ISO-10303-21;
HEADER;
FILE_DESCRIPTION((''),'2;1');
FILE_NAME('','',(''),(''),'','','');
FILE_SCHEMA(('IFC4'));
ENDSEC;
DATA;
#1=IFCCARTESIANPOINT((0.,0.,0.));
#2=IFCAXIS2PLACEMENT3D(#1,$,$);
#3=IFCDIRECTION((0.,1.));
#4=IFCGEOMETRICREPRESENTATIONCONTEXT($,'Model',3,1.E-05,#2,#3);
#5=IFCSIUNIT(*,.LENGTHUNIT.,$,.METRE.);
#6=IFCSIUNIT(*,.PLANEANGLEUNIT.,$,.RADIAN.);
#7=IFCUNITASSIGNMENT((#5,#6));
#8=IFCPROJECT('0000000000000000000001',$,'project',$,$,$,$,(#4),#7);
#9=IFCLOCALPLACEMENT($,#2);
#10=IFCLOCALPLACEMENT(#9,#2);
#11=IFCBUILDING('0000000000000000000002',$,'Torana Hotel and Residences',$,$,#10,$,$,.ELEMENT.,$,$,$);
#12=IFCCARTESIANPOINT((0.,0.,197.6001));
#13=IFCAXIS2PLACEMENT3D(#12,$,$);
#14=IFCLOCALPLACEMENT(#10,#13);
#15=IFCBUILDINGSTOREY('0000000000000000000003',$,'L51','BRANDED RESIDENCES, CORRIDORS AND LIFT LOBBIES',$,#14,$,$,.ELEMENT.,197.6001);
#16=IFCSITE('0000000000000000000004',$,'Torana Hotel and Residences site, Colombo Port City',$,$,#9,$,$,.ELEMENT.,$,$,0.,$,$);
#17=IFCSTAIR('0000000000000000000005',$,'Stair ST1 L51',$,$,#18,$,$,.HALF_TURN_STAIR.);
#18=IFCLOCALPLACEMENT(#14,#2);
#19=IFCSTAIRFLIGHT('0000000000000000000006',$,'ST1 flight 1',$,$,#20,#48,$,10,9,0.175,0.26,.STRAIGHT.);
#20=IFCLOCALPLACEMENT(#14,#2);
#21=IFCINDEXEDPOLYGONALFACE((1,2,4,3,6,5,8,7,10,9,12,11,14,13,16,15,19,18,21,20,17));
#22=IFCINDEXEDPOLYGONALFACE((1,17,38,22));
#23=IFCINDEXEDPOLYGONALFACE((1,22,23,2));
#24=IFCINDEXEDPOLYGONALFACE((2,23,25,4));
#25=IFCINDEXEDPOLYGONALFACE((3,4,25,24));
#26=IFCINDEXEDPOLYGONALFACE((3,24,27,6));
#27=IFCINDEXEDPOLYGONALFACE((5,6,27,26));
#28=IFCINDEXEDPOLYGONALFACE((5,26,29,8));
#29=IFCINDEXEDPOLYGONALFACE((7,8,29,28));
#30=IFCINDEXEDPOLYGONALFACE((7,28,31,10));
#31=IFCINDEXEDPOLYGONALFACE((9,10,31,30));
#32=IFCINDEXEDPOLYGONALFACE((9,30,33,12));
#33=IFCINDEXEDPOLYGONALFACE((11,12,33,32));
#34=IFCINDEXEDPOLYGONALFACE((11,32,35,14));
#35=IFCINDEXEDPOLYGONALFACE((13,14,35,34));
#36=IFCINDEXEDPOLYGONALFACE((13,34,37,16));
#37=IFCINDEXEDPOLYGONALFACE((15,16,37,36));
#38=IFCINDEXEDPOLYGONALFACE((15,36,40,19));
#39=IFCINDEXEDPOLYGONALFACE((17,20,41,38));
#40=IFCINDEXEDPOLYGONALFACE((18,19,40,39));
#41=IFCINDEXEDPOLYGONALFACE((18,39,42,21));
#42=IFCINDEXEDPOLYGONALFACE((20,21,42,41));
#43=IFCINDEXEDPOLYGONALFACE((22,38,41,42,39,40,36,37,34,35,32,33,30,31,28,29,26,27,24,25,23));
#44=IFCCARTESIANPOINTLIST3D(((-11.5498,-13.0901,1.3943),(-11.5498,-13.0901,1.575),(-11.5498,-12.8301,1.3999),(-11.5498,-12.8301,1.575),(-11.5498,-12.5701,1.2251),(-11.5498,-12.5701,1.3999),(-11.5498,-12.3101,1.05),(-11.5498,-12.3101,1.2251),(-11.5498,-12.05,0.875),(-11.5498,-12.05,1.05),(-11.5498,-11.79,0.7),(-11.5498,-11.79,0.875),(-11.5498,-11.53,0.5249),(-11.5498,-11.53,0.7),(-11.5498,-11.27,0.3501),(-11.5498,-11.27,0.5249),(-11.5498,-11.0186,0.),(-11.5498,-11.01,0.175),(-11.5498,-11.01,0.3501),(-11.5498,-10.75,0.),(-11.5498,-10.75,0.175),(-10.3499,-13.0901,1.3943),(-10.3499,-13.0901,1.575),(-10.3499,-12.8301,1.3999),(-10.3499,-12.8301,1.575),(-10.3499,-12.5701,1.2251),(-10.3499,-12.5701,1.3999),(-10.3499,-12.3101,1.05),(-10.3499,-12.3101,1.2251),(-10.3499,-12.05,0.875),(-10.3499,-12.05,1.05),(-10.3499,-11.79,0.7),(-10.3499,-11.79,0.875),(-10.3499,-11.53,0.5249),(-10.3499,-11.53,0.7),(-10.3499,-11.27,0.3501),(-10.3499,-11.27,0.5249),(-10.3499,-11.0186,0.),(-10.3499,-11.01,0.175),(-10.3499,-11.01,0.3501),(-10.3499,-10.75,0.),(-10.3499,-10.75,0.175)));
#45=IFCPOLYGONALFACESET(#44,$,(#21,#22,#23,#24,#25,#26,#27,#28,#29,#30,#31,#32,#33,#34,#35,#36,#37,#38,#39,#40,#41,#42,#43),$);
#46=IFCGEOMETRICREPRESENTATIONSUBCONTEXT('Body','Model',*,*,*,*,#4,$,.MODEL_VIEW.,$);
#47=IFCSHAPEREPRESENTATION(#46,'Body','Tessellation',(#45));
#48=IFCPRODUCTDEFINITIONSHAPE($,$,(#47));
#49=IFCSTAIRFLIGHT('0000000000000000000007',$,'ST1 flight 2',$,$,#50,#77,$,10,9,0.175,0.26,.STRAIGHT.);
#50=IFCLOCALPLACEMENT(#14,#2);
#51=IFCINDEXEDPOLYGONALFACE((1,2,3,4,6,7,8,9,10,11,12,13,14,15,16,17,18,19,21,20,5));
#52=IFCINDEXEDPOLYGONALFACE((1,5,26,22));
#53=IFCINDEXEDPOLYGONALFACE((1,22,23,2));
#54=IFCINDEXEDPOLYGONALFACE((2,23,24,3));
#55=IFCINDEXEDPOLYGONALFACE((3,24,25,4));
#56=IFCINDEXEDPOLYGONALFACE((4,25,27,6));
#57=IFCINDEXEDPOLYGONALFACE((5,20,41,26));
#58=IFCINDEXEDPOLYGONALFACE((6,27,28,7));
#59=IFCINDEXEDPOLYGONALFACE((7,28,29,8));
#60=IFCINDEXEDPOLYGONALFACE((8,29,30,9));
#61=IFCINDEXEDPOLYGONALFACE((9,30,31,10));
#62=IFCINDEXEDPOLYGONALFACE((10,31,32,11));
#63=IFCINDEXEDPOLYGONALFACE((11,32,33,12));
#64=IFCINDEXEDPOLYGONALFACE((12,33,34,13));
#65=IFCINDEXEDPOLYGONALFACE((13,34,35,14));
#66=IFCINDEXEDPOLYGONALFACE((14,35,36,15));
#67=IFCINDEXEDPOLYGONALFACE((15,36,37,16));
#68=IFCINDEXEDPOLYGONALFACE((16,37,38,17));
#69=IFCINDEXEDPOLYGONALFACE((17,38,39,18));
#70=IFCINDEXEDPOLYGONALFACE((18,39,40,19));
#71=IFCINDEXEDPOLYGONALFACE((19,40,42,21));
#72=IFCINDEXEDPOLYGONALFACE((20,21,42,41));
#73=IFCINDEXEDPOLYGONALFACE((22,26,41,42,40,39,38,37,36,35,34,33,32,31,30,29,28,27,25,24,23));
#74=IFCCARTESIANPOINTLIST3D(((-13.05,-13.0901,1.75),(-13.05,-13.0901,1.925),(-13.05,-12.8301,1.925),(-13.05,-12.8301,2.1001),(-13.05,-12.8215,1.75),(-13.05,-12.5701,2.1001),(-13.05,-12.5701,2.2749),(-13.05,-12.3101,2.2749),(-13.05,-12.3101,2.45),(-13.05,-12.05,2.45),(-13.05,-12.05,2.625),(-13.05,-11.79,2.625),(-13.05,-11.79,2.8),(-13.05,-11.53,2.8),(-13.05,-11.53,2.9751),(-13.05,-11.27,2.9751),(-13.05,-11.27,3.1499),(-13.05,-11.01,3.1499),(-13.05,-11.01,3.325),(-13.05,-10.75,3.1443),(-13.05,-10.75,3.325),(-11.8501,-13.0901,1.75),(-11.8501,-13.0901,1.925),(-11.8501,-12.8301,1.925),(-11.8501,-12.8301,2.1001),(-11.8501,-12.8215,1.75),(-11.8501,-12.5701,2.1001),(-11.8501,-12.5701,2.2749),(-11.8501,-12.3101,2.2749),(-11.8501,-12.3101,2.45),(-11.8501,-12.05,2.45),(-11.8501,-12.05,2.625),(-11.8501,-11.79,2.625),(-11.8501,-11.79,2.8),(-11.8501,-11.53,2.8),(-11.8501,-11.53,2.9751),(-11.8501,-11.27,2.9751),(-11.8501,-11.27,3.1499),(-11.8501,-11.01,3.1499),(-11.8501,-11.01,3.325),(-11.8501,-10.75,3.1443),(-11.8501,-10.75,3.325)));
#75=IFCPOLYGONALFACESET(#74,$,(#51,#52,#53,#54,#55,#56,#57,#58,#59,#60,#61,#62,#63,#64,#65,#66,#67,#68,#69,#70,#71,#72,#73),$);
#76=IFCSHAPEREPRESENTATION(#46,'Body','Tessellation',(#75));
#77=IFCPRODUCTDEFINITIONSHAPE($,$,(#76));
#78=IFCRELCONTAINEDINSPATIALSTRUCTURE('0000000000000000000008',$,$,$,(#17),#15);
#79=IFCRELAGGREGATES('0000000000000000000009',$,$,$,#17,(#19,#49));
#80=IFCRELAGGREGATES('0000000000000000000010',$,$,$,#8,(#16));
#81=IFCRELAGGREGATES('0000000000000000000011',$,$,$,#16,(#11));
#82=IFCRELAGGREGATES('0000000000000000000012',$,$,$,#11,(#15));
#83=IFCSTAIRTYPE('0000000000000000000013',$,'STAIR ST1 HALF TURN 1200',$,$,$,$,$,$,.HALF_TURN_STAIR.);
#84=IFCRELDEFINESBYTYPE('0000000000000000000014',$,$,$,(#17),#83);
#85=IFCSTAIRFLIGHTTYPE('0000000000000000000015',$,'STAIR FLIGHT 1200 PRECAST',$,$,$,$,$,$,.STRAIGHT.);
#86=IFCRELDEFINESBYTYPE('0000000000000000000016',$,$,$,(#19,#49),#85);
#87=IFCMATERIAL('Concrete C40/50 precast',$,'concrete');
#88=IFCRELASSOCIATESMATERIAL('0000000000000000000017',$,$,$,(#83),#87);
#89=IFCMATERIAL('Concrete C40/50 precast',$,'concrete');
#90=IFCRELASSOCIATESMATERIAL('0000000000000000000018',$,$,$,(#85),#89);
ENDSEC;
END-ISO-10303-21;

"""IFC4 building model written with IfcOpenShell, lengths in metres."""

from ifc_helpers import new_model, si_unit, direction, frame, origin, place, context, subcontext, project, spatial, polyline, outline, extrude, material, type_object, element, aggregate, save


model = new_model("IFC4")

# Units and contexts
model_context = context("Model", 3, precision=1e-05, world=origin(), true_north=direction((0.0, 1.0)))
body_context = subcontext(model_context, "Body", "Model", "MODEL_VIEW")
ifc_project = project(units=[si_unit("LENGTHUNIT", "METRE"), si_unit("PLANEANGLEUNIT", "RADIAN")], contexts=[model_context])

# Site, building, storey
site_placement = place(None, origin())
site = spatial("IfcSite", under=ifc_project, at=site_placement, Name="Torana Hotel and Residences site, Colombo Port City", CompositionType="ELEMENT", RefElevation=0.0)
building_placement = place(site_placement, origin())
building = spatial("IfcBuilding", under=site, at=building_placement, Name="Torana Hotel and Residences", CompositionType="ELEMENT")
storey_placement = place(building_placement, frame((0.0, 0.0, 197.6001)))
storey = spatial("IfcBuildingStorey", under=building, at=storey_placement, Name="L51", Description="BRANDED RESIDENCES, CORRIDORS AND LIFT LOBBIES", CompositionType="ELEMENT", Elevation=197.6001)

# Stair, stair flights
ifc_material_1 = material(Name="Concrete C40/50 precast", Category="concrete")
stair_type = type_object("IfcStairType", Name="STAIR ST1 HALF TURN 1200", PredefinedType="HALF_TURN_STAIR", material=ifc_material_1)
stair_placement = place(storey_placement, origin())
stair = element("IfcStair", 1, at=stair_placement, inside=storey, type_object=stair_type, Name="Stair ST1 L51", PredefinedType="HALF_TURN_STAIR")
ifc_material_2 = material(Name="Concrete C40/50 precast", Category="concrete")
stair_flight_type = type_object("IfcStairFlightType", Name="STAIR FLIGHT 1200 PRECAST", PredefinedType="STRAIGHT", material=ifc_material_2)
stair_flight_1_placement = place(storey_placement, frame((-10.95, -10.75, 0.0), z_axis=(0.0, 0.0, 1.0), x_axis=(0.0, -1.0, 0.0)))
stair_flight_1 = element("IfcStairFlight", 2, at=stair_flight_1_placement, type_object=stair_flight_type, Name="ST1 flight 1", NumberOfRisers=10, NumberOfTreads=9, PredefinedType="STRAIGHT", RiserHeight=0.175, TreadLength=0.26, context=body_context, shape_type="SweptSolid", body=[
    extrude(outline(polyline([(0.0, 0.0), (0.0, 0.175), (0.26, 0.175), (0.26, 0.3501), (0.52, 0.3501), (0.52, 0.5249), (0.78, 0.5249), (0.78, 0.7), (1.04, 0.7), (1.04, 0.875), (1.3, 0.875), (1.3, 1.05), (1.5601, 1.05), (1.5601, 1.2251), (1.8201, 1.2251), (1.8201, 1.3999), (2.0801, 1.3999), (2.0801, 1.575), (2.3401, 1.575), (2.3401, 1.75), (2.3401, 1.3943), (0.2686, 0.0), (0.0, 0.0)])), frame((0.0, 0.6001, 0.0), z_axis=(0.0, -1.0, 0.0), x_axis=(1.0, 0.0, 0.0)), (0.0, 0.0, 1.0), 1.2),
])
stair_flight_2_placement = place(storey_placement, frame((-12.45, -13.0901, 1.75), z_axis=(0.0, 0.0, 1.0), x_axis=(0.0, 1.0, 0.0)))
stair_flight_2 = element("IfcStairFlight", 3, at=stair_flight_2_placement, type_object=stair_flight_type, Name="ST1 flight 2", NumberOfRisers=10, NumberOfTreads=9, PredefinedType="STRAIGHT", RiserHeight=0.175, TreadLength=0.26, context=body_context, shape_type="SweptSolid", body=[
    extrude(outline(polyline([(0.0, 0.0), (0.0, 0.175), (0.26, 0.175), (0.26, 0.3501), (0.52, 0.3501), (0.52, 0.5249), (0.78, 0.5249), (0.78, 0.7), (1.04, 0.7), (1.04, 0.875), (1.3, 0.875), (1.3, 1.05), (1.5601, 1.05), (1.5601, 1.2251), (1.8201, 1.2251), (1.8201, 1.3999), (2.0801, 1.3999), (2.0801, 1.575), (2.3401, 1.575), (2.3401, 1.75), (2.3401, 1.3943), (0.2686, 0.0), (0.0, 0.0)])), frame((0.0, 0.6001, 0.0), z_axis=(0.0, -1.0, 0.0), x_axis=(1.0, 0.0, 0.0)), (0.0, 0.0, 1.0), 1.2),
])
aggregate(stair, [stair_flight_1, stair_flight_2])

save(model, "model.ifc")
